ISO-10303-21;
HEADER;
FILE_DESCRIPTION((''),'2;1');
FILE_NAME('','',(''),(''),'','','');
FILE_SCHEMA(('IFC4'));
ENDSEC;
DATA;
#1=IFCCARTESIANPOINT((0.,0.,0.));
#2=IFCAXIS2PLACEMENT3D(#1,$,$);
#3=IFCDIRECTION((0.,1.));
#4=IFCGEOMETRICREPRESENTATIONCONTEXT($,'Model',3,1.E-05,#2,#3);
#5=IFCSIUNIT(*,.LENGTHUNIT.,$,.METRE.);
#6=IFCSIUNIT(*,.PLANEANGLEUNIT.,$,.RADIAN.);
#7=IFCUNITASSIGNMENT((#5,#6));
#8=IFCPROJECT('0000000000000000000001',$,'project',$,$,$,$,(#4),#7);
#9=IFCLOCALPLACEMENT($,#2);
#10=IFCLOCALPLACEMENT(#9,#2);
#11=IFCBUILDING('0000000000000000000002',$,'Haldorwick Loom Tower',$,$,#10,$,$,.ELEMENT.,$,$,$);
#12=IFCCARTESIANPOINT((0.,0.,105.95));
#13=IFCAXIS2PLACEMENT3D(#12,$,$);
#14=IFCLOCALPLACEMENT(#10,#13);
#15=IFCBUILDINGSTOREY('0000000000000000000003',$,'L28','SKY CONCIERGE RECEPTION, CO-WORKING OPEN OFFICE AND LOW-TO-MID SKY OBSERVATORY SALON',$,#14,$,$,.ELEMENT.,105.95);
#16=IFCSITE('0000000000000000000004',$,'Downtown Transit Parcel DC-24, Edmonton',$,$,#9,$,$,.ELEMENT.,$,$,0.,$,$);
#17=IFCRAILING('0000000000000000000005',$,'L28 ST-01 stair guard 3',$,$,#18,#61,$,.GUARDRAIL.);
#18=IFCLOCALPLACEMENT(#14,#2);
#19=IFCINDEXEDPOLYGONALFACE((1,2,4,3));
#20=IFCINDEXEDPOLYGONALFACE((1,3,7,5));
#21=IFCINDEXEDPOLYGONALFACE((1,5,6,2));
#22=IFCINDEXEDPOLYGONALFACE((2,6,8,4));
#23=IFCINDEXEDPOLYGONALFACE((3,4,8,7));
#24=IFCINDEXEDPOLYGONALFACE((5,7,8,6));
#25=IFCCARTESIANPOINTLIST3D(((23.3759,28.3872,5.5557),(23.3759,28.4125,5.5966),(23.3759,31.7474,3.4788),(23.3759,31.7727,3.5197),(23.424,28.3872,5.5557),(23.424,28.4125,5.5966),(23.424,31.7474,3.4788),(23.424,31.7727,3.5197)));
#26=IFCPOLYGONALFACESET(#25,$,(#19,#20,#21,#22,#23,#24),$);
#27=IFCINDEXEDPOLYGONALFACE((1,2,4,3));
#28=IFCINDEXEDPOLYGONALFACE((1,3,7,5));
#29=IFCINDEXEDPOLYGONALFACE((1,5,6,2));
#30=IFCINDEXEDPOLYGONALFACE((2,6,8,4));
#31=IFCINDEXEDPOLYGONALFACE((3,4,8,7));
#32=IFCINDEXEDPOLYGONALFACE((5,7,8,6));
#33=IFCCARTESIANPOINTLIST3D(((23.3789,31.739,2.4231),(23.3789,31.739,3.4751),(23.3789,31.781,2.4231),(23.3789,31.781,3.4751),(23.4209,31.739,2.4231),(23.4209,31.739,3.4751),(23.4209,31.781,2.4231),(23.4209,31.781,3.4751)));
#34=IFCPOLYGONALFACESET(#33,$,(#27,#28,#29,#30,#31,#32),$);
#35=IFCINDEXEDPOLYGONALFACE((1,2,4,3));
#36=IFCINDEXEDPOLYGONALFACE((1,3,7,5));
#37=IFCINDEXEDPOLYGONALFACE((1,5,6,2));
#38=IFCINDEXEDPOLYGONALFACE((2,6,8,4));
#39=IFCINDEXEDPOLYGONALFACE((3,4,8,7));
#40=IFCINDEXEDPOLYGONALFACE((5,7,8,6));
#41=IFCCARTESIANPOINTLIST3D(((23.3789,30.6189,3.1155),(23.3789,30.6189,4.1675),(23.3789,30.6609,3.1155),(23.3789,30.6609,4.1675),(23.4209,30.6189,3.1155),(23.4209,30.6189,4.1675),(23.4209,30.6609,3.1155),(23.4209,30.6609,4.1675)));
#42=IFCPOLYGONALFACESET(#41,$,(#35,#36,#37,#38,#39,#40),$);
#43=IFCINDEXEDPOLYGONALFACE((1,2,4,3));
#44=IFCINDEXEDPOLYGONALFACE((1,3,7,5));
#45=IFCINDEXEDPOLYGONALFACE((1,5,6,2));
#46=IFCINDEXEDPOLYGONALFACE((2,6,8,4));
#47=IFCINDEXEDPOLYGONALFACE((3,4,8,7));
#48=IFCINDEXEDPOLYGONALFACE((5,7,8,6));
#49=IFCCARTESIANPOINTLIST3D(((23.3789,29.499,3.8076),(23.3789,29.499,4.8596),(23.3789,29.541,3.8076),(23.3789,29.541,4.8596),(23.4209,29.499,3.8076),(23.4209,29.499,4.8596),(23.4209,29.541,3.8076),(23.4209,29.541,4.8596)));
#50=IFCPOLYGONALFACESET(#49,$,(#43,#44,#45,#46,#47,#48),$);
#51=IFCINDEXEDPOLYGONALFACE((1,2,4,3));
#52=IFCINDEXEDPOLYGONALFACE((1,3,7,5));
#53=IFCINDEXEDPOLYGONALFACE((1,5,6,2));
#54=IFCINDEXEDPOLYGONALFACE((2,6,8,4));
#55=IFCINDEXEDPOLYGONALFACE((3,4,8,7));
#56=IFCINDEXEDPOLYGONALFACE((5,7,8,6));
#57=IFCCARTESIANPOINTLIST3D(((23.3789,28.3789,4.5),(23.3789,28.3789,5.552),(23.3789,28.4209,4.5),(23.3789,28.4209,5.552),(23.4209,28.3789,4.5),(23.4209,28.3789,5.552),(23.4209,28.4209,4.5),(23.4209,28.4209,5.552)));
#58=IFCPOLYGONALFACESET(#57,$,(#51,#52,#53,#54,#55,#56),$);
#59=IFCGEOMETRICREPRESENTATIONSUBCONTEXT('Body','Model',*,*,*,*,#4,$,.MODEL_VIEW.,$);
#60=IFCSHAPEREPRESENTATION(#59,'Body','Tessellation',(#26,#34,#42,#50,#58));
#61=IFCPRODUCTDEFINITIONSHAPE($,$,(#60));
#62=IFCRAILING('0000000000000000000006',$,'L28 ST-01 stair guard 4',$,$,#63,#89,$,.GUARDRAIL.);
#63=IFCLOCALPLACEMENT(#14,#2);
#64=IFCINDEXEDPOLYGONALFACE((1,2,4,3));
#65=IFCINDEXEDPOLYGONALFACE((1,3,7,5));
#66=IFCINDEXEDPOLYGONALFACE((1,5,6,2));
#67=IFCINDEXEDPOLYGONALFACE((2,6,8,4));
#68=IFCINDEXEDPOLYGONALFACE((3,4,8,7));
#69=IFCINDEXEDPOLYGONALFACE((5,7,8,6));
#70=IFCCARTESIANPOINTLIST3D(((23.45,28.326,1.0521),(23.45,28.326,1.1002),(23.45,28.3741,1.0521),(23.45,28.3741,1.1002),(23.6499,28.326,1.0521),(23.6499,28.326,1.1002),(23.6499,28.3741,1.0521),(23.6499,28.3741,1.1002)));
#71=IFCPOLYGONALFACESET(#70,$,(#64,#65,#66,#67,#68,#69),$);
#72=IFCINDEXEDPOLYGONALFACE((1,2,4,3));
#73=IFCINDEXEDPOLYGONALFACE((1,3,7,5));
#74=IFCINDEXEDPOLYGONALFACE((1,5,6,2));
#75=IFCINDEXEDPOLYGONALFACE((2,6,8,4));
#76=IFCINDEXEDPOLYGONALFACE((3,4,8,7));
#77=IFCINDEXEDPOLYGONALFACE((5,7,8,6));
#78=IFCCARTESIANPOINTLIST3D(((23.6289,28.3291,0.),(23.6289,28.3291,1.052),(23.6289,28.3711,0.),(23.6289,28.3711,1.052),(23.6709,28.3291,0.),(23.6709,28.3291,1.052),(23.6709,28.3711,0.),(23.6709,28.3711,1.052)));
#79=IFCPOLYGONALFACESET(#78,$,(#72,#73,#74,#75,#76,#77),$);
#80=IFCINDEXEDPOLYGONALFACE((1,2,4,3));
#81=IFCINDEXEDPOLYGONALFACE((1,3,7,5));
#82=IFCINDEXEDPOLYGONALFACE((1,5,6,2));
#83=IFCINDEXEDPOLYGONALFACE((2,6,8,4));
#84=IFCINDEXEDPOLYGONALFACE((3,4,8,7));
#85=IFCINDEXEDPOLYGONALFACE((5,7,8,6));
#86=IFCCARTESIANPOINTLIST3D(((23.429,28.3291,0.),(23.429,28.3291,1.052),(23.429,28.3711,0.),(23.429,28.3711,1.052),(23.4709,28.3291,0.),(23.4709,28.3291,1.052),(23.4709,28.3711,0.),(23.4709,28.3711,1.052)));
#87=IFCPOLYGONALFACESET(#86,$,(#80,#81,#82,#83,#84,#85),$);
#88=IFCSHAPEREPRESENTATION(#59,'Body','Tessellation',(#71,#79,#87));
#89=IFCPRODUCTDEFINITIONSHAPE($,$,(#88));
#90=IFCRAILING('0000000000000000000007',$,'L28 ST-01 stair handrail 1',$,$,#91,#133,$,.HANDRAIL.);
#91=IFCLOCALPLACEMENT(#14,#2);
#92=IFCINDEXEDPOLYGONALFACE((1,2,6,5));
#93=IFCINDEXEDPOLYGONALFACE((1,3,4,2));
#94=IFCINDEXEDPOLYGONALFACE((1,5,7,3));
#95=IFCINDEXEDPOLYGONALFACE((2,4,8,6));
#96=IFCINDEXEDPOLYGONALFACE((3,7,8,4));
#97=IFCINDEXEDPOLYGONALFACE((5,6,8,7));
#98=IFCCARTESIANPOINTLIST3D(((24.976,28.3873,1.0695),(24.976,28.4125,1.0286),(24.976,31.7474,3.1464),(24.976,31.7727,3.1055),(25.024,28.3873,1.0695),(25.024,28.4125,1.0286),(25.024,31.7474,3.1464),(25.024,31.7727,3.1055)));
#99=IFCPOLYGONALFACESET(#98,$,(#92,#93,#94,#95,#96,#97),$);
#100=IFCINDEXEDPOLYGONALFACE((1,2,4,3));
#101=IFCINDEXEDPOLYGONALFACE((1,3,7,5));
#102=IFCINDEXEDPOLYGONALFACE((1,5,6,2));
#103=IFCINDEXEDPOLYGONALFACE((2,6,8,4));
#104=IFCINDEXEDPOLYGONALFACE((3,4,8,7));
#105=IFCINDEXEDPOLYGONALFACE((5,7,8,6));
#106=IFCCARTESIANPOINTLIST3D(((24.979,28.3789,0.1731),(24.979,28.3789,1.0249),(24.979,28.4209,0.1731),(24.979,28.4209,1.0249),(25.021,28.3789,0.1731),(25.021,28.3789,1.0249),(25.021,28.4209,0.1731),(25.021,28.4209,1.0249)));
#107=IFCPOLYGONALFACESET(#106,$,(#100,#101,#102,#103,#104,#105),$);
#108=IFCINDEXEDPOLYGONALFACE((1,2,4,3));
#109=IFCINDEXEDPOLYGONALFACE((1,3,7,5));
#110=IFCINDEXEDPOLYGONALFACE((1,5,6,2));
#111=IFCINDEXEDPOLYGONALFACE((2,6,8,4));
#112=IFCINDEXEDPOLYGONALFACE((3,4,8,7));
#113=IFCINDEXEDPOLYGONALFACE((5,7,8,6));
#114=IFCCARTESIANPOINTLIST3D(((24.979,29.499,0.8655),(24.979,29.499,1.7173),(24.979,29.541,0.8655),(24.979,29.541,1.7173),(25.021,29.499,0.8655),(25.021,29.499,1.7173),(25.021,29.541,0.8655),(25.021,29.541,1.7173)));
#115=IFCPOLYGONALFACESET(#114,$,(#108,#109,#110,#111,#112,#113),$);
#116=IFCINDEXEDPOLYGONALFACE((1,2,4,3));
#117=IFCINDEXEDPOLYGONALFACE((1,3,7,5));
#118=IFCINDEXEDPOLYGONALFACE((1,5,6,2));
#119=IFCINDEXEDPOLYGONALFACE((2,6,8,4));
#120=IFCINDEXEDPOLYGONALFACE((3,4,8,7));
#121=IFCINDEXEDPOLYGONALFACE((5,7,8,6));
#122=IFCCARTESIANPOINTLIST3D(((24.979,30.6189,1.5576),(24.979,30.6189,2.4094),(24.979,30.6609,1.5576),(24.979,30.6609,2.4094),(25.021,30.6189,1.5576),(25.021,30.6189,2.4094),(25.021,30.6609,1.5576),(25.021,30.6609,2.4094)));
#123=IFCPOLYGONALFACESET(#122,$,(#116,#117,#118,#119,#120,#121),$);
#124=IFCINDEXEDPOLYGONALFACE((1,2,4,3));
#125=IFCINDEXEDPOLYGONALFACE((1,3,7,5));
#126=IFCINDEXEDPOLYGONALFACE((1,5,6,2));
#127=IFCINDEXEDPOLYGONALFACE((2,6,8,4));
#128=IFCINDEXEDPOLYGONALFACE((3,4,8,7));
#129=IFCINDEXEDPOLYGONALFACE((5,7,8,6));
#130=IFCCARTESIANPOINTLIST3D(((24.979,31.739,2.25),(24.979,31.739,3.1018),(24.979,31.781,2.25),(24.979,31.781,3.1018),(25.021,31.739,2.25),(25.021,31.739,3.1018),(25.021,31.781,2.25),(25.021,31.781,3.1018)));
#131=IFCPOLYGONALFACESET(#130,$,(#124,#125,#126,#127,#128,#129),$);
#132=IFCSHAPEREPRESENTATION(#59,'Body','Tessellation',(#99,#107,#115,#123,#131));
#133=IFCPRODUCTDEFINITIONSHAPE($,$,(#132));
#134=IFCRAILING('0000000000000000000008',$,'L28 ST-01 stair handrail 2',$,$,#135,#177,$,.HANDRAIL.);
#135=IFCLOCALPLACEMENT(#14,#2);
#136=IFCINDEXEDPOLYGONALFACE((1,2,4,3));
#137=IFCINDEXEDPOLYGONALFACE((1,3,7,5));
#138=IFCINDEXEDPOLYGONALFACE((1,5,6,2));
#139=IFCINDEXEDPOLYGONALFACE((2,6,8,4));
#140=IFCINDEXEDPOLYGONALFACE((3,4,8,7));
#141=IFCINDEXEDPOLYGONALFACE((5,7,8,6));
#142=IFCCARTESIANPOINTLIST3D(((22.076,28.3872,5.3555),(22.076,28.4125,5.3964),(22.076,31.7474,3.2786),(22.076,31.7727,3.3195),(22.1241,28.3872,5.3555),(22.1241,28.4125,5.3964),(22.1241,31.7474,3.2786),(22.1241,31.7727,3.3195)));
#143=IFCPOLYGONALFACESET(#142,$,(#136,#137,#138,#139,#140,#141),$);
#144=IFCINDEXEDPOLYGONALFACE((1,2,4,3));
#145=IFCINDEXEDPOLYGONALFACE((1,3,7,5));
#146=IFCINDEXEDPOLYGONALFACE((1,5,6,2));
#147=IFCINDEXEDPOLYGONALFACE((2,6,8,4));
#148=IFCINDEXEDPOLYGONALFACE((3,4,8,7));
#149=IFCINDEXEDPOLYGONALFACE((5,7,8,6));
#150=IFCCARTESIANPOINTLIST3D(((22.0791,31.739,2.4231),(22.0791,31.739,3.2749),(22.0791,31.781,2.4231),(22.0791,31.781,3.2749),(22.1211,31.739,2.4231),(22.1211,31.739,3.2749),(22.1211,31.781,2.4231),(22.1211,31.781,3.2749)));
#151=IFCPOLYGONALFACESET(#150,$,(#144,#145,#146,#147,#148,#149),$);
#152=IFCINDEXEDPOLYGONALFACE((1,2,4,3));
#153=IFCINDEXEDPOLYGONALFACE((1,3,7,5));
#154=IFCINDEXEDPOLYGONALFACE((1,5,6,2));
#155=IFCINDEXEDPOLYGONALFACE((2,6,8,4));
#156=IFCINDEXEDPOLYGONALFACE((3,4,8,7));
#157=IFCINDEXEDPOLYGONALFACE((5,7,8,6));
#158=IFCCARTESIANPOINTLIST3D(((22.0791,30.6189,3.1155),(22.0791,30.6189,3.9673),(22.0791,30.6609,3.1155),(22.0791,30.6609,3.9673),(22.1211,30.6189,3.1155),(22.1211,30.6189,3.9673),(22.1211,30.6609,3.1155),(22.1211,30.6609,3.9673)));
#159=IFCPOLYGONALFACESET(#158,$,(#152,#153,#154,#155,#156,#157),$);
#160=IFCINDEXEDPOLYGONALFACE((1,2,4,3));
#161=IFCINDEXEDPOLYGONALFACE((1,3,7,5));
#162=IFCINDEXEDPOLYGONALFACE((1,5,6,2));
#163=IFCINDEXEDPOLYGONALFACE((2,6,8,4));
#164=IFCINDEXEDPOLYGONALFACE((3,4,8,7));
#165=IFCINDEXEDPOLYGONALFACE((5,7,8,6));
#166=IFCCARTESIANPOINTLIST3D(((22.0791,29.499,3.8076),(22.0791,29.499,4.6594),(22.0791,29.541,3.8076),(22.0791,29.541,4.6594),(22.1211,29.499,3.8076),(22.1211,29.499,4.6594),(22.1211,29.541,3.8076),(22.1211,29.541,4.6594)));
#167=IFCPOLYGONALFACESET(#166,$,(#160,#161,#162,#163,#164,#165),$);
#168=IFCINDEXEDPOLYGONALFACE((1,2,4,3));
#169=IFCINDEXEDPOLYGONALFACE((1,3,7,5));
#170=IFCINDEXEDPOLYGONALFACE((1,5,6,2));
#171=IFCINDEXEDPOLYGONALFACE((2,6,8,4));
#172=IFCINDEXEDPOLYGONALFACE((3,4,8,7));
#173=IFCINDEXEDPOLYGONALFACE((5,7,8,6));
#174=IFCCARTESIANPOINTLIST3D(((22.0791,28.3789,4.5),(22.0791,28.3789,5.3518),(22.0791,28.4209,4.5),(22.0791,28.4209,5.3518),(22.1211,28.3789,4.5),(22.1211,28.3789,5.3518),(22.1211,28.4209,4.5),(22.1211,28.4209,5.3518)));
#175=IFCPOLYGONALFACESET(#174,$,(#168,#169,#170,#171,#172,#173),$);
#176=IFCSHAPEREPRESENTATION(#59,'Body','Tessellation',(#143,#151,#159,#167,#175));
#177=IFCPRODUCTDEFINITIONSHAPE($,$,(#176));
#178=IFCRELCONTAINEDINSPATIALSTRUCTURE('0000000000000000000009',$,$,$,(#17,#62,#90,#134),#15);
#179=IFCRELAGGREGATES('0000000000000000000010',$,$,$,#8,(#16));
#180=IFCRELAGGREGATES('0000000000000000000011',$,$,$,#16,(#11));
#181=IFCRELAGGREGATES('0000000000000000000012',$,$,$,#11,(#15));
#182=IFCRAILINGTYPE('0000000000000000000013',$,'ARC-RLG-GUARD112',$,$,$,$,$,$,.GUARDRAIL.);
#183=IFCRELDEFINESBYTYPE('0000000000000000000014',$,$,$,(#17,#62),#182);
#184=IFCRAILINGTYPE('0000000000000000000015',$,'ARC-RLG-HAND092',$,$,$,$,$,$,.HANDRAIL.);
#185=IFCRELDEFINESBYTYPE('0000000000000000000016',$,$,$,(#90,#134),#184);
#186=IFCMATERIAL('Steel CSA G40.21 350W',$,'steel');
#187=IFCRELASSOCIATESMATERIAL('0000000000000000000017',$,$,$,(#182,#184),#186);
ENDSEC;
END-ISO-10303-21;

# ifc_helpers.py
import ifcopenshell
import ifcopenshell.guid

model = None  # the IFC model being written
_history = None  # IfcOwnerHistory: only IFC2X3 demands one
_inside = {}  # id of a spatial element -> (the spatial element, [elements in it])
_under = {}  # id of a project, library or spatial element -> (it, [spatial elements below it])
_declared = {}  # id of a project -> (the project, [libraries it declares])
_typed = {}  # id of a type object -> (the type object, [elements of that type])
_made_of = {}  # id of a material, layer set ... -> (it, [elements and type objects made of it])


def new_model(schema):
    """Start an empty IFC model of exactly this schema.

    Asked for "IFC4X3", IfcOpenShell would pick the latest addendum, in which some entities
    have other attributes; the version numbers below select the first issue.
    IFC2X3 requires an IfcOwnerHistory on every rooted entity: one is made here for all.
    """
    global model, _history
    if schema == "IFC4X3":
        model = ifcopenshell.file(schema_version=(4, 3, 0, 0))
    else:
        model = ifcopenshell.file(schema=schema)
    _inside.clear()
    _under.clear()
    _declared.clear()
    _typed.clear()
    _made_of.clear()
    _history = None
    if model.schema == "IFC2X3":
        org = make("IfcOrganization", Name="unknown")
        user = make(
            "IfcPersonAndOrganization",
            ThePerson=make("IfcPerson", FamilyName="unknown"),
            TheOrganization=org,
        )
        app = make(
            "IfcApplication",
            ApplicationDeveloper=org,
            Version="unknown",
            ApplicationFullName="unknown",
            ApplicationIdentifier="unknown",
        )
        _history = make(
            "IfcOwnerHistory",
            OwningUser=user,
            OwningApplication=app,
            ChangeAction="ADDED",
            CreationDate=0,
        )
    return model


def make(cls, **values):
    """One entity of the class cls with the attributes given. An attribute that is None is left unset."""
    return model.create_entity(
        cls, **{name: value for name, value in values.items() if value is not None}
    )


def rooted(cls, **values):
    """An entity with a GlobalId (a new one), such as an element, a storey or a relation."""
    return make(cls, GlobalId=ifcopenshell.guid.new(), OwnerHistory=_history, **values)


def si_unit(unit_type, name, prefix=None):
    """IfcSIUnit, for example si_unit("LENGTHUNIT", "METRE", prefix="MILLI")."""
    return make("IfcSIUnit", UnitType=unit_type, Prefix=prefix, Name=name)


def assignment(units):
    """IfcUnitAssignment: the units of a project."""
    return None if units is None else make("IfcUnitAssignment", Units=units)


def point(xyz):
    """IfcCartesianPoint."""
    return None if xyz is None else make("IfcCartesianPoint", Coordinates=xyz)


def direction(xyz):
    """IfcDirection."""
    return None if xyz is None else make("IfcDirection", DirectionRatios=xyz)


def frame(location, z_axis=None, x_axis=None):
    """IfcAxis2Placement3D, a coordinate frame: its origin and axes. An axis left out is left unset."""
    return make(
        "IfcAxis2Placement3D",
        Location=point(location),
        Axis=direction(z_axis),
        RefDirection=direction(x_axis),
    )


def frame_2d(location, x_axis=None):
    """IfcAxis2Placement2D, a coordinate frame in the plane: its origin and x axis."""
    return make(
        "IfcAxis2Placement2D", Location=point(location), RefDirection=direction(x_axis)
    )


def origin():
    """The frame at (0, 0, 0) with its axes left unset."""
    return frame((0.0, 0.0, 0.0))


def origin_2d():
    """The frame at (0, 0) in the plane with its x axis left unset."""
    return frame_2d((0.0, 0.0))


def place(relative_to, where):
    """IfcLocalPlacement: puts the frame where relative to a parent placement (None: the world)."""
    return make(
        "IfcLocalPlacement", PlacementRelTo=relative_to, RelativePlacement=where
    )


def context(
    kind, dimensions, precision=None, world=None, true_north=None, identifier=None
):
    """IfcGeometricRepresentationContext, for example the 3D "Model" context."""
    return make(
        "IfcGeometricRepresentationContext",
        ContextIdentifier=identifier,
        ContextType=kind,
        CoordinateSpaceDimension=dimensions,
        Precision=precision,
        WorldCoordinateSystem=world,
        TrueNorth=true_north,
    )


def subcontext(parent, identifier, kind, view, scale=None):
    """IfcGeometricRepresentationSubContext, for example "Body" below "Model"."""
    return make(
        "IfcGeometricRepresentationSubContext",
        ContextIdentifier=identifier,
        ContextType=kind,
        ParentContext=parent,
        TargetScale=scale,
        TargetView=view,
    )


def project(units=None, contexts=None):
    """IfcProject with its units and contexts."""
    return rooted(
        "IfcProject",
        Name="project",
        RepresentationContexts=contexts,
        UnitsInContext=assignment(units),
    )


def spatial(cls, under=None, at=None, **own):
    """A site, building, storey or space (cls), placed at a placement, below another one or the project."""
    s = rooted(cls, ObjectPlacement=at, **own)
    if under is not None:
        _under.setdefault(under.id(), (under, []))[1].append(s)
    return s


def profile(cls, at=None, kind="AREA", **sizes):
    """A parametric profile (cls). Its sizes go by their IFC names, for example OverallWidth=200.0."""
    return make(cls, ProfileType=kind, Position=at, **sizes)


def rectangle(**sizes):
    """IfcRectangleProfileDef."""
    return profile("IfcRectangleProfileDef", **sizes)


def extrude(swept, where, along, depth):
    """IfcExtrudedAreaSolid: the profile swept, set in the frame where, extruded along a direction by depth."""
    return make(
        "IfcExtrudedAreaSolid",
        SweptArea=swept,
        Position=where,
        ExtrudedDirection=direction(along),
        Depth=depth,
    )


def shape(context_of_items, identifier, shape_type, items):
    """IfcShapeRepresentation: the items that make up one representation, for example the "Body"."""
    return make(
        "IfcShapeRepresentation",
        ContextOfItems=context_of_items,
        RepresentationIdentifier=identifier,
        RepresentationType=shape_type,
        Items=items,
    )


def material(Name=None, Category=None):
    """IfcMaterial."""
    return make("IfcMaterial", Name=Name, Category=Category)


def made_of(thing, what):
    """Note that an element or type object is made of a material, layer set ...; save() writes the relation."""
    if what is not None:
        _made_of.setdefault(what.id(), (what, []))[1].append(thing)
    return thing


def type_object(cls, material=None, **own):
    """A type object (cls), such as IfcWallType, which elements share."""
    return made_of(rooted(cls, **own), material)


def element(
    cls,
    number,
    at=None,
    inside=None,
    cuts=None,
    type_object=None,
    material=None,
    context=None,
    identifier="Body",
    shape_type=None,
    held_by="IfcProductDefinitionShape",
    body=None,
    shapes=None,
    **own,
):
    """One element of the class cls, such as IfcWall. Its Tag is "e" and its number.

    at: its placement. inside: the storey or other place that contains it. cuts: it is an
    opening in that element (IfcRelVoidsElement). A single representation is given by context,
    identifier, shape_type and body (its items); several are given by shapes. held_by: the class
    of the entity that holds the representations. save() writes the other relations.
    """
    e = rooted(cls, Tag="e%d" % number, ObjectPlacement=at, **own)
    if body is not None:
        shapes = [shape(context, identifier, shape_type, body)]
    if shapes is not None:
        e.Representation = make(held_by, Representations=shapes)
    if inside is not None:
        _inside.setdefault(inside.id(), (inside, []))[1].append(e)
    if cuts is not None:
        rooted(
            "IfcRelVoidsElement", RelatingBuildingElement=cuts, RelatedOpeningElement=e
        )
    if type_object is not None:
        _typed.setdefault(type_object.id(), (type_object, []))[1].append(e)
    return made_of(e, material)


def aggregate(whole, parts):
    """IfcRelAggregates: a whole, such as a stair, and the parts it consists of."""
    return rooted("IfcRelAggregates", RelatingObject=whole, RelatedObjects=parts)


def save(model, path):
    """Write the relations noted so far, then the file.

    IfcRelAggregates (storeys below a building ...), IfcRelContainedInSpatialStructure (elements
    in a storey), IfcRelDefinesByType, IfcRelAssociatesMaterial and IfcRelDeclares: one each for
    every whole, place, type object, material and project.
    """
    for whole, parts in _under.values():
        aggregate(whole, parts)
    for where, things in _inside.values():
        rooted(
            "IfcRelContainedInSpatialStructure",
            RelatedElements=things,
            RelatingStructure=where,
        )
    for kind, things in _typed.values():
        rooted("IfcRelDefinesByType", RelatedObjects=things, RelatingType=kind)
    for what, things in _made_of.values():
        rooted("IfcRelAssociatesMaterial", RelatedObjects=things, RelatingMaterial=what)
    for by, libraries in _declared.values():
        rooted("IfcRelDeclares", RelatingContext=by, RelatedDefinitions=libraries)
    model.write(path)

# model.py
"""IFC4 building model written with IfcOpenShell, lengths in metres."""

from ifc_helpers import new_model, si_unit, direction, frame, origin, origin_2d, place, context, subcontext, project, spatial, rectangle, extrude, material, type_object, element, save


model = new_model("IFC4")

# Units and contexts
model_context = context("Model", 3, precision=1e-05, world=origin(), true_north=direction((0.0, 1.0)))
body_context = subcontext(model_context, "Body", "Model", "MODEL_VIEW")
ifc_project = project(units=[si_unit("LENGTHUNIT", "METRE"), si_unit("PLANEANGLEUNIT", "RADIAN")], contexts=[model_context])

# Site, building, storey
site_placement = place(None, origin())
site = spatial("IfcSite", under=ifc_project, at=site_placement, Name="Downtown Transit Parcel DC-24, Edmonton", CompositionType="ELEMENT", RefElevation=0.0)
building_placement = place(site_placement, origin())
building = spatial("IfcBuilding", under=site, at=building_placement, Name="Haldorwick Loom Tower", CompositionType="ELEMENT")
storey_placement = place(building_placement, frame((0.0, 0.0, 105.95)))
storey = spatial("IfcBuildingStorey", under=building, at=storey_placement, Name="L28", Description="SKY CONCIERGE RECEPTION, CO-WORKING OPEN OFFICE AND LOW-TO-MID SKY OBSERVATORY SALON", CompositionType="ELEMENT", Elevation=105.95)

# Shared definitions
ifc_material_1 = material(Name="Steel CSA G40.21 350W", Category="steel")

# Railings
railing_type_1 = type_object("IfcRailingType", Name="ARC-RLG-GUARD112", PredefinedType="GUARDRAIL", material=ifc_material_1)
railing_1_placement = place(storey_placement, frame((23.3999, 31.76, 2.4231)))
element("IfcRailing", 1, at=railing_1_placement, inside=storey, type_object=railing_type_1, Name="L28 ST-01 stair guard 3", PredefinedType="GUARDRAIL", context=body_context, shape_type="SweptSolid", body=[
    extrude(rectangle(XDim=0.0481, YDim=0.0481, at=origin_2d()), frame((0.0, 0.0, 1.0762), z_axis=(0.0, -0.850623, 0.525776), x_axis=(1.0, 0.0, 0.0)), (0.0, 0.0, 1.0), 3.9502),
    extrude(rectangle(XDim=0.042, YDim=0.042, at=origin_2d()), origin(), (0.0, 0.0, 1.0), 1.052),
    extrude(rectangle(XDim=0.042, YDim=0.042, at=origin_2d()), frame((0.0, -1.1201, 0.6924)), (0.0, 0.0, 1.0), 1.052),
    extrude(rectangle(XDim=0.042, YDim=0.042, at=origin_2d()), frame((0.0, -2.24, 1.3845)), (0.0, 0.0, 1.0), 1.052),
    extrude(rectangle(XDim=0.042, YDim=0.042, at=origin_2d()), frame((0.0, -3.3601, 2.0769)), (0.0, 0.0, 1.0), 1.052),
])
railing_2_placement = place(storey_placement, frame((23.6499, 28.3501, 0.0)))
element("IfcRailing", 2, at=railing_2_placement, inside=storey, type_object=railing_type_1, Name="L28 ST-01 stair guard 4", PredefinedType="GUARDRAIL", context=body_context, shape_type="SweptSolid", body=[
    extrude(rectangle(XDim=0.0481, YDim=0.0481, at=origin_2d()), frame((0.0, 0.0, 1.0762), z_axis=(-1.0, 0.0, 0.0), x_axis=(0.0, -1.0, 0.0)), (0.0, 0.0, 1.0), 0.2),
    extrude(rectangle(XDim=0.042, YDim=0.042, at=origin_2d()), origin(), (0.0, 0.0, 1.0), 1.052),
    extrude(rectangle(XDim=0.042, YDim=0.042, at=origin_2d()), frame((-0.2, 0.0, 0.0)), (0.0, 0.0, 1.0), 1.052),
])
railing_type_2 = type_object("IfcRailingType", Name="ARC-RLG-HAND092", PredefinedType="HANDRAIL", material=ifc_material_1)
railing_3_placement = place(storey_placement, frame((25.0, 28.3999, 0.1731)))
element("IfcRailing", 3, at=railing_3_placement, inside=storey, type_object=railing_type_2, Name="L28 ST-01 stair handrail 1", PredefinedType="HANDRAIL", context=body_context, shape_type="SweptSolid", body=[
    extrude(rectangle(XDim=0.0481, YDim=0.0481, at=origin_2d()), frame((0.0, 0.0, 0.876), z_axis=(0.0, 0.850623, 0.525776), x_axis=(-1.0, 0.0, 0.0)), (0.0, 0.0, 1.0), 3.9502),
    extrude(rectangle(XDim=0.042, YDim=0.042, at=origin_2d()), origin(), (0.0, 0.0, 1.0), 0.8518),
    extrude(rectangle(XDim=0.042, YDim=0.042, at=origin_2d()), frame((0.0, 1.1201, 0.6924)), (0.0, 0.0, 1.0), 0.8518),
    extrude(rectangle(XDim=0.042, YDim=0.042, at=origin_2d()), frame((0.0, 2.24, 1.3845)), (0.0, 0.0, 1.0), 0.8518),
    extrude(rectangle(XDim=0.042, YDim=0.042, at=origin_2d()), frame((0.0, 3.3601, 2.0769)), (0.0, 0.0, 1.0), 0.8518),
])
railing_4_placement = place(storey_placement, frame((22.1001, 31.76, 2.4231)))
element("IfcRailing", 4, at=railing_4_placement, inside=storey, type_object=railing_type_2, Name="L28 ST-01 stair handrail 2", PredefinedType="HANDRAIL", context=body_context, shape_type="SweptSolid", body=[
    extrude(rectangle(XDim=0.0481, YDim=0.0481, at=origin_2d()), frame((0.0, 0.0, 0.876), z_axis=(0.0, -0.850623, 0.525776), x_axis=(1.0, 0.0, 0.0)), (0.0, 0.0, 1.0), 3.9502),
    extrude(rectangle(XDim=0.042, YDim=0.042, at=origin_2d()), origin(), (0.0, 0.0, 1.0), 0.8518),
    extrude(rectangle(XDim=0.042, YDim=0.042, at=origin_2d()), frame((0.0, -1.1201, 0.6924)), (0.0, 0.0, 1.0), 0.8518),
    extrude(rectangle(XDim=0.042, YDim=0.042, at=origin_2d()), frame((0.0, -2.24, 1.3845)), (0.0, 0.0, 1.0), 0.8518),
    extrude(rectangle(XDim=0.042, YDim=0.042, at=origin_2d()), frame((0.0, -3.3601, 2.0769)), (0.0, 0.0, 1.0), 0.8518),
])

save(model, "model.ifc")
